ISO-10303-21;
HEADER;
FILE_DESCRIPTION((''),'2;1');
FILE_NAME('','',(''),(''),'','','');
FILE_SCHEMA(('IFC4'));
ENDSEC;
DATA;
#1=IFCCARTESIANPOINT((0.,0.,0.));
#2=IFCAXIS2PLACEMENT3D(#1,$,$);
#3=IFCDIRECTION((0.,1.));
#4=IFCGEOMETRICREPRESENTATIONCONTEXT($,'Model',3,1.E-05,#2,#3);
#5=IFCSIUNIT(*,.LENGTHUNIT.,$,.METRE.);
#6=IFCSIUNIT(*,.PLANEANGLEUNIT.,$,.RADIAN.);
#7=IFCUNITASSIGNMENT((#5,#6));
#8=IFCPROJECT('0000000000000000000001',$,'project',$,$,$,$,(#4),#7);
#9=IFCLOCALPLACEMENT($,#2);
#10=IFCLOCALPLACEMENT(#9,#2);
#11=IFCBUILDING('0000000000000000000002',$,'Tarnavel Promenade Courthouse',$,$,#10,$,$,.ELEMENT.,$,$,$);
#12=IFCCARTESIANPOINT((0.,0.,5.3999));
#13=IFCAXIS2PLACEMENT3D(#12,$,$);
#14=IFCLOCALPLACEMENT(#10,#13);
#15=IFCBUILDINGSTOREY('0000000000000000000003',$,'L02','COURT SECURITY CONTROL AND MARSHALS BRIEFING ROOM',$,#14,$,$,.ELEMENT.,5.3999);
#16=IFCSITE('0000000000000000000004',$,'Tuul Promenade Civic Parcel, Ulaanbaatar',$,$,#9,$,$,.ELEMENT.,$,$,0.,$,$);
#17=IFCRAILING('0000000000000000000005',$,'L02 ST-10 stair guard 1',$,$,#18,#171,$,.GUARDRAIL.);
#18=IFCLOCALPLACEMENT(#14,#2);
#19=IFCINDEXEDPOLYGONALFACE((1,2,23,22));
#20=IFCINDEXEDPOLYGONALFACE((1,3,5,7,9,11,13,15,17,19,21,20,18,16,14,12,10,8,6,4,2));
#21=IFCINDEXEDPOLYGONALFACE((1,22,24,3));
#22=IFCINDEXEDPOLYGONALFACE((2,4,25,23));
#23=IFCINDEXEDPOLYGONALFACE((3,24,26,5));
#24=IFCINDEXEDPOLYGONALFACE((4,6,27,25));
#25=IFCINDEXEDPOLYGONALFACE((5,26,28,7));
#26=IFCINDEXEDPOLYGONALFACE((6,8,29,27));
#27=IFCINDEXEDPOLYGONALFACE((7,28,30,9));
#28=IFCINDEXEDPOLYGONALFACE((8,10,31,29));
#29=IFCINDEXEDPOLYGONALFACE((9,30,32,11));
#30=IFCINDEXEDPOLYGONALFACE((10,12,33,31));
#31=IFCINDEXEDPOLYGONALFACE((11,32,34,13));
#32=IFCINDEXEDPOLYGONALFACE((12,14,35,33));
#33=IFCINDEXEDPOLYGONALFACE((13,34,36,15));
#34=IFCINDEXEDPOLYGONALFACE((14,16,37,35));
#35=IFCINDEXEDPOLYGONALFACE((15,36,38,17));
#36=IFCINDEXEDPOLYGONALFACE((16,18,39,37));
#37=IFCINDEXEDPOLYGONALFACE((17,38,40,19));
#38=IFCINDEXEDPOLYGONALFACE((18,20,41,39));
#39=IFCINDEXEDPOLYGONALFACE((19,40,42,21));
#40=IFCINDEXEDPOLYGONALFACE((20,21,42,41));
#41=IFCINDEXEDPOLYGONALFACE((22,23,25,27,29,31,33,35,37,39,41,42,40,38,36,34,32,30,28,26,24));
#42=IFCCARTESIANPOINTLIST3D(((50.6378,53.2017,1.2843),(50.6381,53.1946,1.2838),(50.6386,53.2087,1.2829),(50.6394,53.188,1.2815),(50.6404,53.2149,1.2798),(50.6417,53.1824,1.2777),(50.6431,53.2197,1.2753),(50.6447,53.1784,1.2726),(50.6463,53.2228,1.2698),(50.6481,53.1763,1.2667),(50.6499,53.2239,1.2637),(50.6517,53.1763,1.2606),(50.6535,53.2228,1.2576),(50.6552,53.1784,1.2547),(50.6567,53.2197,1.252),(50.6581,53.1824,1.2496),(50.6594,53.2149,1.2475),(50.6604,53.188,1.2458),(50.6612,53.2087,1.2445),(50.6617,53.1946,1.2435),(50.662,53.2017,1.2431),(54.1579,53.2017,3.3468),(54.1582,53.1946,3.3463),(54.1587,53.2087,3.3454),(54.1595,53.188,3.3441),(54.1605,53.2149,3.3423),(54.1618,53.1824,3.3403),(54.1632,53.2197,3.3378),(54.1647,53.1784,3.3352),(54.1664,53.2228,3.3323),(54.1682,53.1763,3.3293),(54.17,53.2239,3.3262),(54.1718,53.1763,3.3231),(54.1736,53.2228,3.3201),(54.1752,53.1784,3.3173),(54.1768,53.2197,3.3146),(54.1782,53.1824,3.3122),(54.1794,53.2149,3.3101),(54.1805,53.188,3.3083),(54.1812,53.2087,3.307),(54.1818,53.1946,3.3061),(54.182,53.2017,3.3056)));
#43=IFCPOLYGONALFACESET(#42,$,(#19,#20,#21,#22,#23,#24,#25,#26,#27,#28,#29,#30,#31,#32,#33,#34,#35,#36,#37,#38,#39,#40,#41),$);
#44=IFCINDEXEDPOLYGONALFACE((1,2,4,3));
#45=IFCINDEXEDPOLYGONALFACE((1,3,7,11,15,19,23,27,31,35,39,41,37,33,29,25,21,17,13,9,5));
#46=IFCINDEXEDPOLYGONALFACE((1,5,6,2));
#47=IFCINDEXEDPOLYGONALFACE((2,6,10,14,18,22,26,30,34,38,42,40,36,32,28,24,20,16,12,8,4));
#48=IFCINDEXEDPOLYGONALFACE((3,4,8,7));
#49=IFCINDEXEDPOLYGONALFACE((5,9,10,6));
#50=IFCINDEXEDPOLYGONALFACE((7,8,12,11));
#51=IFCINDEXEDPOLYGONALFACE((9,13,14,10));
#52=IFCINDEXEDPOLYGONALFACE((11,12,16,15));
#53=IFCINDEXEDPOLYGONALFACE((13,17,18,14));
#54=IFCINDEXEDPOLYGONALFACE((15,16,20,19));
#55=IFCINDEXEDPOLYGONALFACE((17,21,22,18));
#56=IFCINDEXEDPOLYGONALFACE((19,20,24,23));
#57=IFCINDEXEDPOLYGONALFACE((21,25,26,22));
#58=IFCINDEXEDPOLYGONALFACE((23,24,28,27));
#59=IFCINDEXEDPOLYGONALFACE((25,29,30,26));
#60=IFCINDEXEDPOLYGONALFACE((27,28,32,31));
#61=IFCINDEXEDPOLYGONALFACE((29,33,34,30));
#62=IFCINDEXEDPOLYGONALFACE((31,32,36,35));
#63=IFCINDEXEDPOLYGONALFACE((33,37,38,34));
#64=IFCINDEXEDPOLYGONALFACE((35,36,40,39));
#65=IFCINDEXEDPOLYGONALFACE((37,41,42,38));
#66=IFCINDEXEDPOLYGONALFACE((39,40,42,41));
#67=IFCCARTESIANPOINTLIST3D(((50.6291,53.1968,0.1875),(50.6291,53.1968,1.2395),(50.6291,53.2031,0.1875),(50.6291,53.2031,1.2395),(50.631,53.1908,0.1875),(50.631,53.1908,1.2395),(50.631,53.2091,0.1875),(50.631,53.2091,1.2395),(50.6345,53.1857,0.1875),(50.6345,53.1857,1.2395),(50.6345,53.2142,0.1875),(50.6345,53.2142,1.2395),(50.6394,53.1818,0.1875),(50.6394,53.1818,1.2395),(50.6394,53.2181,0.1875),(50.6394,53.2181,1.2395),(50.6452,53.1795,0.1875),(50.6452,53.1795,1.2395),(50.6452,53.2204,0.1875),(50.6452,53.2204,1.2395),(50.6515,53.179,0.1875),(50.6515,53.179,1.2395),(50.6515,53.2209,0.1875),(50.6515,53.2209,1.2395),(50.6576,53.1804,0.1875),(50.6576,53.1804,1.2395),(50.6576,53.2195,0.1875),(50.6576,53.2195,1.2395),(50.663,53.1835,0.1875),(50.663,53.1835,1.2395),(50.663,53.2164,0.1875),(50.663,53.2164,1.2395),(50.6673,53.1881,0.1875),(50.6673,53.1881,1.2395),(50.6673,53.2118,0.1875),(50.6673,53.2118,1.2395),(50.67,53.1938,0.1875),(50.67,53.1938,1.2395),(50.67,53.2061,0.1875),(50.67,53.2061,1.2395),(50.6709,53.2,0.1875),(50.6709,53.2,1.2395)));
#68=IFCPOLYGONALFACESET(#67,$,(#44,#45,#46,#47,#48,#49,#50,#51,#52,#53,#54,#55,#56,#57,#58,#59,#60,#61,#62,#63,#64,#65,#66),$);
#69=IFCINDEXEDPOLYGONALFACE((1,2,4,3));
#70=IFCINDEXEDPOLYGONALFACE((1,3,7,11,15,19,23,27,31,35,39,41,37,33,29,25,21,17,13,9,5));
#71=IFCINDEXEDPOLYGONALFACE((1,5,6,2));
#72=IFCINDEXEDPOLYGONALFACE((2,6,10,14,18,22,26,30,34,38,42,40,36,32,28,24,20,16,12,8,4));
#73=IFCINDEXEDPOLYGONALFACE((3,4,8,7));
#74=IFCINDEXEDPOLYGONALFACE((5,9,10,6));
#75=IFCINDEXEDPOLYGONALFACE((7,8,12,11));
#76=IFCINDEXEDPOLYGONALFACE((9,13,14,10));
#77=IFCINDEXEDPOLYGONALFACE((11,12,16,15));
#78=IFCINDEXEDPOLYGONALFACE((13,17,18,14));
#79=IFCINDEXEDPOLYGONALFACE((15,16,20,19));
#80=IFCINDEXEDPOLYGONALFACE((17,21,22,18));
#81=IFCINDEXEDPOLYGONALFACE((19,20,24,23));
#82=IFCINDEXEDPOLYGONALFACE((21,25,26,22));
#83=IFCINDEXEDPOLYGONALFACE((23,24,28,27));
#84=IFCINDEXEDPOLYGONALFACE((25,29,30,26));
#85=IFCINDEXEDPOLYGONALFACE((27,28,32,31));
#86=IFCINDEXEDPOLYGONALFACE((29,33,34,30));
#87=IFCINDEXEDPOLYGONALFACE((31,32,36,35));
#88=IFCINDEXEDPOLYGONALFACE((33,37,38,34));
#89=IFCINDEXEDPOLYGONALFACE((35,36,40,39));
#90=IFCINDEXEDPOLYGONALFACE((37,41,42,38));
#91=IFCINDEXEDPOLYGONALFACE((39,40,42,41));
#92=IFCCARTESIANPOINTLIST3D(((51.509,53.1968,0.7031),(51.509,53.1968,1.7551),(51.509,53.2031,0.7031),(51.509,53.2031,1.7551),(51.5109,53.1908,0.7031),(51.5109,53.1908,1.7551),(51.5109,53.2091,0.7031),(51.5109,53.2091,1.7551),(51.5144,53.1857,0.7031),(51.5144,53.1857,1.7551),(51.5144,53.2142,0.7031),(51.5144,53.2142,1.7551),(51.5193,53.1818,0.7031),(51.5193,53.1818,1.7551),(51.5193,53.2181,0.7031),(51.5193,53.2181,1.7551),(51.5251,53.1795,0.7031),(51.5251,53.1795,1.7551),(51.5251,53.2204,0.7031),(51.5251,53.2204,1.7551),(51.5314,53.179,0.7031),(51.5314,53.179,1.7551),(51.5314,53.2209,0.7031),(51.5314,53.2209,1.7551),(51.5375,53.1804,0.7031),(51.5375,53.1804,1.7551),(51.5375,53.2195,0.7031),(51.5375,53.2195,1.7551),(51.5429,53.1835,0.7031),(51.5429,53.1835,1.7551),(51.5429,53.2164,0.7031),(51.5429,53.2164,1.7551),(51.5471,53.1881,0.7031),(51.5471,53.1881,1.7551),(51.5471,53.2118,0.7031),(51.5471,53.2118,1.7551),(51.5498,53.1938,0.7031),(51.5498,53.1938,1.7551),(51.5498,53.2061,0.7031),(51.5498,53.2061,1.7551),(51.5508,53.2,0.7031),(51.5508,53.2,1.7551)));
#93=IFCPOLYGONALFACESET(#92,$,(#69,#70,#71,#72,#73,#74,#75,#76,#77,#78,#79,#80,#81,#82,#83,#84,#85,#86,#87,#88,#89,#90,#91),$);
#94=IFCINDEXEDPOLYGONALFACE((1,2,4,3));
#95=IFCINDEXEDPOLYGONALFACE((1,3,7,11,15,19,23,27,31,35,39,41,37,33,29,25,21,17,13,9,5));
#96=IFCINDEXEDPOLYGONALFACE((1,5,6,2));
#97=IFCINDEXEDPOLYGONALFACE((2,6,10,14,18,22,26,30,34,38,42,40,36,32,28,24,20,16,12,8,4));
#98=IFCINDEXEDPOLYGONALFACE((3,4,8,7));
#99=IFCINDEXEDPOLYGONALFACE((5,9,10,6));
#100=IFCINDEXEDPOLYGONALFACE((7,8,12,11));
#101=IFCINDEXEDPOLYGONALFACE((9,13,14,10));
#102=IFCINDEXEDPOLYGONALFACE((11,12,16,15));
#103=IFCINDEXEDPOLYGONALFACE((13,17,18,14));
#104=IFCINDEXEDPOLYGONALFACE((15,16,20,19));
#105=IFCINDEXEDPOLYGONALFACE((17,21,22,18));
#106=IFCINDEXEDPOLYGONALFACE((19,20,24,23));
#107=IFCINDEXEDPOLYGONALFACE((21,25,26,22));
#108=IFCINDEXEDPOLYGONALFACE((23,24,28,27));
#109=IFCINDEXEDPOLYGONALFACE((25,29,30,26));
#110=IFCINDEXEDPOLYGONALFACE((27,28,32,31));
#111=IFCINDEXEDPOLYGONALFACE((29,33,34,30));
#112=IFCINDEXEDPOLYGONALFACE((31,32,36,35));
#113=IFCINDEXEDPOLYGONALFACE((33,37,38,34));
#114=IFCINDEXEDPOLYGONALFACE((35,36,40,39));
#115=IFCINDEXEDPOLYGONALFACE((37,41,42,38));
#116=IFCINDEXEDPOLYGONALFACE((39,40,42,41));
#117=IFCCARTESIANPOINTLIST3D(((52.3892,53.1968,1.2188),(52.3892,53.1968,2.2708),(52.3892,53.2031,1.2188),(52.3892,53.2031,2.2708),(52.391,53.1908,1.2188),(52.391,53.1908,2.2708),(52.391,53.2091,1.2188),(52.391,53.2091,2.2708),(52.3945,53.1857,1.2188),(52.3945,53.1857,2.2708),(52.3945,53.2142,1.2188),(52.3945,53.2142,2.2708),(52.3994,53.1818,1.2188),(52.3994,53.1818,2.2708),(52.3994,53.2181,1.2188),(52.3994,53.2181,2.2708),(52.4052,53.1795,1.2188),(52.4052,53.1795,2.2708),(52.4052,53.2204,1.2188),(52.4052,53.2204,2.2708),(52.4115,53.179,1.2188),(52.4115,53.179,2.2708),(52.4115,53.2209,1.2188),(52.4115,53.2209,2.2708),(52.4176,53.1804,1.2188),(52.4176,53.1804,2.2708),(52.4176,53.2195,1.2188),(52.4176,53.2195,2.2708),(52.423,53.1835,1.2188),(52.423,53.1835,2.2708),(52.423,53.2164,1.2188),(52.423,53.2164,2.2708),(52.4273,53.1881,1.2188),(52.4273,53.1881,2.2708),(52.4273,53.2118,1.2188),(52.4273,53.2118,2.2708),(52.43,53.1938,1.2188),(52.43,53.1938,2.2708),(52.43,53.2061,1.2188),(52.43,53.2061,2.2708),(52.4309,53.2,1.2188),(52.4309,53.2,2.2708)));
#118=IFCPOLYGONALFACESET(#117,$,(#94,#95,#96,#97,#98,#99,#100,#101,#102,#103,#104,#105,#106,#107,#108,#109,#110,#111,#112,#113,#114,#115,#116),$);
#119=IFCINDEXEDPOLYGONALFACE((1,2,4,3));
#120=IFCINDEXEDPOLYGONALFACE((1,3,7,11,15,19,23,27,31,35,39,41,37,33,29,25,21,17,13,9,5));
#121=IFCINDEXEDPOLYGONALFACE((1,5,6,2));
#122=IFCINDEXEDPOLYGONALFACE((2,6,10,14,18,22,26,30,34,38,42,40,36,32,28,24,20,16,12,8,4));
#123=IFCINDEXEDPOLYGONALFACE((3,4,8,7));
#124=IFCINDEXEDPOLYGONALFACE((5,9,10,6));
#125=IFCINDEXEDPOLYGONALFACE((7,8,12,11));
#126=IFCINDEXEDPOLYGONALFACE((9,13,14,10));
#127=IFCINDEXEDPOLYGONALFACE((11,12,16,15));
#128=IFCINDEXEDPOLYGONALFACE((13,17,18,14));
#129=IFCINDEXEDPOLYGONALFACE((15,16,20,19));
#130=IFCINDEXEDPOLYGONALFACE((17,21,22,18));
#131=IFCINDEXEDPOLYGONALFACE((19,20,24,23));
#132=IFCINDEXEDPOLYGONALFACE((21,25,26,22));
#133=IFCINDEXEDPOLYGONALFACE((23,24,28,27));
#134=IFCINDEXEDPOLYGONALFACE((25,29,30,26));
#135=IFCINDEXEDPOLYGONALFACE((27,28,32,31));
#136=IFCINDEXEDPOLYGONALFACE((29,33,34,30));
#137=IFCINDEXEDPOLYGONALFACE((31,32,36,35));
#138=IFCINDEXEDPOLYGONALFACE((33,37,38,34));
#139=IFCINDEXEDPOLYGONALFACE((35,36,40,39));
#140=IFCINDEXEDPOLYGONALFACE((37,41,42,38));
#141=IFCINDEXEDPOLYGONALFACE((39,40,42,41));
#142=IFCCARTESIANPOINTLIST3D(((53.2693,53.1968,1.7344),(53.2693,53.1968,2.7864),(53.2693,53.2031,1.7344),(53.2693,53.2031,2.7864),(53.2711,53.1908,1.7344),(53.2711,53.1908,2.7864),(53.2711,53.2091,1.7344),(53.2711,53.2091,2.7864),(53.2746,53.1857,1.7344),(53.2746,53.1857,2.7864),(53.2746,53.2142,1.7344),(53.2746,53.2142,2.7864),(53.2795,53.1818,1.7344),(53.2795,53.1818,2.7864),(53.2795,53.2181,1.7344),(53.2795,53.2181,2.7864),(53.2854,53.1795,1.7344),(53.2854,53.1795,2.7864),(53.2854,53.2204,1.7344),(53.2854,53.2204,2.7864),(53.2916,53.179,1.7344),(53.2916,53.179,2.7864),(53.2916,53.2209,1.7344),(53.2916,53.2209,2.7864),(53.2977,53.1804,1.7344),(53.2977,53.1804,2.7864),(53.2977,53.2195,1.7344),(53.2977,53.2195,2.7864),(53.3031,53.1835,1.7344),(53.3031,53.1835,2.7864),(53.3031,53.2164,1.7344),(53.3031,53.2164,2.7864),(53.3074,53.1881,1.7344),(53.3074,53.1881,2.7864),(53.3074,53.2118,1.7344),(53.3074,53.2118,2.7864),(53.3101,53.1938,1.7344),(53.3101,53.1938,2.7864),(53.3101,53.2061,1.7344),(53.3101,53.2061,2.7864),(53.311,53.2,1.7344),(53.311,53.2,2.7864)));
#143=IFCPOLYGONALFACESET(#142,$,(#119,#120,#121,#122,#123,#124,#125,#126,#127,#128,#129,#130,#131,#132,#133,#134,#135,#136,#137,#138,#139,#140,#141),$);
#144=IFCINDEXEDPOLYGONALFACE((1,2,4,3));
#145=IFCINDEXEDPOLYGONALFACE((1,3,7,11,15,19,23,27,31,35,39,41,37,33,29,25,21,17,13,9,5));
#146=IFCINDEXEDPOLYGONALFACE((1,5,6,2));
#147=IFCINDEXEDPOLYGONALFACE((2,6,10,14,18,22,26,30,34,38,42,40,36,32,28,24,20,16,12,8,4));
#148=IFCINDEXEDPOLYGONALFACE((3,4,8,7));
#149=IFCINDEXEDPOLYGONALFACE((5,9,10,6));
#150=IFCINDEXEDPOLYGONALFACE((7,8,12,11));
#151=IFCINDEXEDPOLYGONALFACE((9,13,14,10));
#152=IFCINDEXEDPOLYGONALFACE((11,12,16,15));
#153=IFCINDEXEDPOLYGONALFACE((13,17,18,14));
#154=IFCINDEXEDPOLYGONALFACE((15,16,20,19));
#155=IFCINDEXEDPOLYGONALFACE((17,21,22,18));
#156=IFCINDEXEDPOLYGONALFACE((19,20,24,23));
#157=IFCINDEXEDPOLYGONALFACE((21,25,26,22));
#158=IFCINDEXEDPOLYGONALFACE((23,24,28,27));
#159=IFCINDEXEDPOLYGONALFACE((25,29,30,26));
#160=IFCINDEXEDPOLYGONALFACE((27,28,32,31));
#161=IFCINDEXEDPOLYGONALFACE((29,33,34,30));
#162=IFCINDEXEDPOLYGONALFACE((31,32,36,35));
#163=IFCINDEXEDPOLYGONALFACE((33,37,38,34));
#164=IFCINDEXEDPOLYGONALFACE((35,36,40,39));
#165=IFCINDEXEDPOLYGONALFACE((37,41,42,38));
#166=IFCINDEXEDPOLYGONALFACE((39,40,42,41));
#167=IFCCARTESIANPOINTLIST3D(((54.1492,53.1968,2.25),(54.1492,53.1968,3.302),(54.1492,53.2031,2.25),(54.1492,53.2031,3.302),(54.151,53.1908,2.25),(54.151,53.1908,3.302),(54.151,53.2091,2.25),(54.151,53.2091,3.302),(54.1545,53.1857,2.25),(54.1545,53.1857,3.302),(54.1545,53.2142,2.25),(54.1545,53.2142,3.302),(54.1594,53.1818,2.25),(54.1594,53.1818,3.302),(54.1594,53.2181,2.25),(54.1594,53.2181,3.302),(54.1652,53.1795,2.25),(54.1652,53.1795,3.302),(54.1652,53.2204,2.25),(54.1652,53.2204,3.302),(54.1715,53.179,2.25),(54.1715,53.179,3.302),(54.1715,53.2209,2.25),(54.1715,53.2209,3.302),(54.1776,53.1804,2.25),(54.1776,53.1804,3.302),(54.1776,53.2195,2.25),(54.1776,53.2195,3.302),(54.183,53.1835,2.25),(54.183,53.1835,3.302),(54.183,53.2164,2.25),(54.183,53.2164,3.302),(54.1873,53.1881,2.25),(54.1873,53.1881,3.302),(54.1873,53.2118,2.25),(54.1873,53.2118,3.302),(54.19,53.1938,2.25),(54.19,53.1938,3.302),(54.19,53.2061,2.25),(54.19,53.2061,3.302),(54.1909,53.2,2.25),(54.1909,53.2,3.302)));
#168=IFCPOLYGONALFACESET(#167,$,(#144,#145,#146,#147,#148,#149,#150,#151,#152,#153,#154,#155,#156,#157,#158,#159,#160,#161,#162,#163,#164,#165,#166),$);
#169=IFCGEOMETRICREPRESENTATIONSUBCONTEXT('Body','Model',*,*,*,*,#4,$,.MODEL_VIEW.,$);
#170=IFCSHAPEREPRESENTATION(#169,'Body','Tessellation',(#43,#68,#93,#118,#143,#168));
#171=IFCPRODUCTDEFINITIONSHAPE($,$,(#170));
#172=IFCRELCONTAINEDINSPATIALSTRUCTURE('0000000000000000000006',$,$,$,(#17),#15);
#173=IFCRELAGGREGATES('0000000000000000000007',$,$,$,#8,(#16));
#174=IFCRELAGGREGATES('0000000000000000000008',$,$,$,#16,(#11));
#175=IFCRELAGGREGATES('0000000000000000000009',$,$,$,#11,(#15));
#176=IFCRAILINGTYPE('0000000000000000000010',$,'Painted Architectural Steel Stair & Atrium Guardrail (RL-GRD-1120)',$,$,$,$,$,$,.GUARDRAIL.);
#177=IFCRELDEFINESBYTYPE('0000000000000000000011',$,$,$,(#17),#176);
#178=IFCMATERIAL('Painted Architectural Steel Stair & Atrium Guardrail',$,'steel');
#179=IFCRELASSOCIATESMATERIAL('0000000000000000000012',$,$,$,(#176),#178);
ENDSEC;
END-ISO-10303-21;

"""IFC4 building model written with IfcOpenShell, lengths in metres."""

from ifc_helpers import new_model, si_unit, direction, frame, origin, origin_2d, place, context, subcontext, project, spatial, circle, extrude, material, type_object, element, save


model = new_model("IFC4")

# Units and contexts
model_context = context("Model", 3, precision=1e-05, world=origin(), true_north=direction((0.0, 1.0)))
body_context = subcontext(model_context, "Body", "Model", "MODEL_VIEW")
ifc_project = project(units=[si_unit("LENGTHUNIT", "METRE"), si_unit("PLANEANGLEUNIT", "RADIAN")], contexts=[model_context])

# Site, building, storey
site_placement = place(None, origin())
site = spatial("IfcSite", under=ifc_project, at=site_placement, Name="Tuul Promenade Civic Parcel, Ulaanbaatar", CompositionType="ELEMENT", RefElevation=0.0)
building_placement = place(site_placement, origin())
building = spatial("IfcBuilding", under=site, at=building_placement, Name="Tarnavel Promenade Courthouse", CompositionType="ELEMENT")
storey_placement = place(building_placement, frame((0.0, 0.0, 5.3999)))
storey = spatial("IfcBuildingStorey", under=building, at=storey_placement, Name="L02", Description="COURT SECURITY CONTROL AND MARSHALS BRIEFING ROOM", CompositionType="ELEMENT", Elevation=5.3999)

# Railing
ifc_material_1 = material(Name="Painted Architectural Steel Stair & Atrium Guardrail", Category="steel")
railing_type_1 = type_object("IfcRailingType", Name="Painted Architectural Steel Stair & Atrium Guardrail (RL-GRD-1120)", PredefinedType="GUARDRAIL", material=ifc_material_1)
railing_1_placement = place(storey_placement, frame((50.6499, 53.2, 0.1875)))
element("IfcRailing", 1, at=railing_1_placement, inside=storey, type_object=railing_type_1, Name="L02 ST-10 stair guard 1", PredefinedType="GUARDRAIL", context=body_context, shape_type="SweptSolid", body=[
    extrude(circle(Radius=0.0239, at=origin_2d()), frame((0.0, 0.0, 1.0762), z_axis=(0.862801, 0.0, 0.505544), x_axis=(0.0, 1.0, 0.0)), (0.0, 0.0, 1.0), 4.0798),
    extrude(circle(Radius=0.021, at=origin_2d()), origin(), (0.0, 0.0, 1.0), 1.052),
    extrude(circle(Radius=0.021, at=origin_2d()), frame((0.8799, 0.0, 0.5156)), (0.0, 0.0, 1.0), 1.052),
    extrude(circle(Radius=0.021, at=origin_2d()), frame((1.76, 0.0, 1.0312)), (0.0, 0.0, 1.0), 1.052),
    extrude(circle(Radius=0.021, at=origin_2d()), frame((2.6401, 0.0, 1.5469)), (0.0, 0.0, 1.0), 1.052),
    extrude(circle(Radius=0.021, at=origin_2d()), frame((3.52, 0.0, 2.0625)), (0.0, 0.0, 1.0), 1.052),
])

save(model, "model.ifc")
